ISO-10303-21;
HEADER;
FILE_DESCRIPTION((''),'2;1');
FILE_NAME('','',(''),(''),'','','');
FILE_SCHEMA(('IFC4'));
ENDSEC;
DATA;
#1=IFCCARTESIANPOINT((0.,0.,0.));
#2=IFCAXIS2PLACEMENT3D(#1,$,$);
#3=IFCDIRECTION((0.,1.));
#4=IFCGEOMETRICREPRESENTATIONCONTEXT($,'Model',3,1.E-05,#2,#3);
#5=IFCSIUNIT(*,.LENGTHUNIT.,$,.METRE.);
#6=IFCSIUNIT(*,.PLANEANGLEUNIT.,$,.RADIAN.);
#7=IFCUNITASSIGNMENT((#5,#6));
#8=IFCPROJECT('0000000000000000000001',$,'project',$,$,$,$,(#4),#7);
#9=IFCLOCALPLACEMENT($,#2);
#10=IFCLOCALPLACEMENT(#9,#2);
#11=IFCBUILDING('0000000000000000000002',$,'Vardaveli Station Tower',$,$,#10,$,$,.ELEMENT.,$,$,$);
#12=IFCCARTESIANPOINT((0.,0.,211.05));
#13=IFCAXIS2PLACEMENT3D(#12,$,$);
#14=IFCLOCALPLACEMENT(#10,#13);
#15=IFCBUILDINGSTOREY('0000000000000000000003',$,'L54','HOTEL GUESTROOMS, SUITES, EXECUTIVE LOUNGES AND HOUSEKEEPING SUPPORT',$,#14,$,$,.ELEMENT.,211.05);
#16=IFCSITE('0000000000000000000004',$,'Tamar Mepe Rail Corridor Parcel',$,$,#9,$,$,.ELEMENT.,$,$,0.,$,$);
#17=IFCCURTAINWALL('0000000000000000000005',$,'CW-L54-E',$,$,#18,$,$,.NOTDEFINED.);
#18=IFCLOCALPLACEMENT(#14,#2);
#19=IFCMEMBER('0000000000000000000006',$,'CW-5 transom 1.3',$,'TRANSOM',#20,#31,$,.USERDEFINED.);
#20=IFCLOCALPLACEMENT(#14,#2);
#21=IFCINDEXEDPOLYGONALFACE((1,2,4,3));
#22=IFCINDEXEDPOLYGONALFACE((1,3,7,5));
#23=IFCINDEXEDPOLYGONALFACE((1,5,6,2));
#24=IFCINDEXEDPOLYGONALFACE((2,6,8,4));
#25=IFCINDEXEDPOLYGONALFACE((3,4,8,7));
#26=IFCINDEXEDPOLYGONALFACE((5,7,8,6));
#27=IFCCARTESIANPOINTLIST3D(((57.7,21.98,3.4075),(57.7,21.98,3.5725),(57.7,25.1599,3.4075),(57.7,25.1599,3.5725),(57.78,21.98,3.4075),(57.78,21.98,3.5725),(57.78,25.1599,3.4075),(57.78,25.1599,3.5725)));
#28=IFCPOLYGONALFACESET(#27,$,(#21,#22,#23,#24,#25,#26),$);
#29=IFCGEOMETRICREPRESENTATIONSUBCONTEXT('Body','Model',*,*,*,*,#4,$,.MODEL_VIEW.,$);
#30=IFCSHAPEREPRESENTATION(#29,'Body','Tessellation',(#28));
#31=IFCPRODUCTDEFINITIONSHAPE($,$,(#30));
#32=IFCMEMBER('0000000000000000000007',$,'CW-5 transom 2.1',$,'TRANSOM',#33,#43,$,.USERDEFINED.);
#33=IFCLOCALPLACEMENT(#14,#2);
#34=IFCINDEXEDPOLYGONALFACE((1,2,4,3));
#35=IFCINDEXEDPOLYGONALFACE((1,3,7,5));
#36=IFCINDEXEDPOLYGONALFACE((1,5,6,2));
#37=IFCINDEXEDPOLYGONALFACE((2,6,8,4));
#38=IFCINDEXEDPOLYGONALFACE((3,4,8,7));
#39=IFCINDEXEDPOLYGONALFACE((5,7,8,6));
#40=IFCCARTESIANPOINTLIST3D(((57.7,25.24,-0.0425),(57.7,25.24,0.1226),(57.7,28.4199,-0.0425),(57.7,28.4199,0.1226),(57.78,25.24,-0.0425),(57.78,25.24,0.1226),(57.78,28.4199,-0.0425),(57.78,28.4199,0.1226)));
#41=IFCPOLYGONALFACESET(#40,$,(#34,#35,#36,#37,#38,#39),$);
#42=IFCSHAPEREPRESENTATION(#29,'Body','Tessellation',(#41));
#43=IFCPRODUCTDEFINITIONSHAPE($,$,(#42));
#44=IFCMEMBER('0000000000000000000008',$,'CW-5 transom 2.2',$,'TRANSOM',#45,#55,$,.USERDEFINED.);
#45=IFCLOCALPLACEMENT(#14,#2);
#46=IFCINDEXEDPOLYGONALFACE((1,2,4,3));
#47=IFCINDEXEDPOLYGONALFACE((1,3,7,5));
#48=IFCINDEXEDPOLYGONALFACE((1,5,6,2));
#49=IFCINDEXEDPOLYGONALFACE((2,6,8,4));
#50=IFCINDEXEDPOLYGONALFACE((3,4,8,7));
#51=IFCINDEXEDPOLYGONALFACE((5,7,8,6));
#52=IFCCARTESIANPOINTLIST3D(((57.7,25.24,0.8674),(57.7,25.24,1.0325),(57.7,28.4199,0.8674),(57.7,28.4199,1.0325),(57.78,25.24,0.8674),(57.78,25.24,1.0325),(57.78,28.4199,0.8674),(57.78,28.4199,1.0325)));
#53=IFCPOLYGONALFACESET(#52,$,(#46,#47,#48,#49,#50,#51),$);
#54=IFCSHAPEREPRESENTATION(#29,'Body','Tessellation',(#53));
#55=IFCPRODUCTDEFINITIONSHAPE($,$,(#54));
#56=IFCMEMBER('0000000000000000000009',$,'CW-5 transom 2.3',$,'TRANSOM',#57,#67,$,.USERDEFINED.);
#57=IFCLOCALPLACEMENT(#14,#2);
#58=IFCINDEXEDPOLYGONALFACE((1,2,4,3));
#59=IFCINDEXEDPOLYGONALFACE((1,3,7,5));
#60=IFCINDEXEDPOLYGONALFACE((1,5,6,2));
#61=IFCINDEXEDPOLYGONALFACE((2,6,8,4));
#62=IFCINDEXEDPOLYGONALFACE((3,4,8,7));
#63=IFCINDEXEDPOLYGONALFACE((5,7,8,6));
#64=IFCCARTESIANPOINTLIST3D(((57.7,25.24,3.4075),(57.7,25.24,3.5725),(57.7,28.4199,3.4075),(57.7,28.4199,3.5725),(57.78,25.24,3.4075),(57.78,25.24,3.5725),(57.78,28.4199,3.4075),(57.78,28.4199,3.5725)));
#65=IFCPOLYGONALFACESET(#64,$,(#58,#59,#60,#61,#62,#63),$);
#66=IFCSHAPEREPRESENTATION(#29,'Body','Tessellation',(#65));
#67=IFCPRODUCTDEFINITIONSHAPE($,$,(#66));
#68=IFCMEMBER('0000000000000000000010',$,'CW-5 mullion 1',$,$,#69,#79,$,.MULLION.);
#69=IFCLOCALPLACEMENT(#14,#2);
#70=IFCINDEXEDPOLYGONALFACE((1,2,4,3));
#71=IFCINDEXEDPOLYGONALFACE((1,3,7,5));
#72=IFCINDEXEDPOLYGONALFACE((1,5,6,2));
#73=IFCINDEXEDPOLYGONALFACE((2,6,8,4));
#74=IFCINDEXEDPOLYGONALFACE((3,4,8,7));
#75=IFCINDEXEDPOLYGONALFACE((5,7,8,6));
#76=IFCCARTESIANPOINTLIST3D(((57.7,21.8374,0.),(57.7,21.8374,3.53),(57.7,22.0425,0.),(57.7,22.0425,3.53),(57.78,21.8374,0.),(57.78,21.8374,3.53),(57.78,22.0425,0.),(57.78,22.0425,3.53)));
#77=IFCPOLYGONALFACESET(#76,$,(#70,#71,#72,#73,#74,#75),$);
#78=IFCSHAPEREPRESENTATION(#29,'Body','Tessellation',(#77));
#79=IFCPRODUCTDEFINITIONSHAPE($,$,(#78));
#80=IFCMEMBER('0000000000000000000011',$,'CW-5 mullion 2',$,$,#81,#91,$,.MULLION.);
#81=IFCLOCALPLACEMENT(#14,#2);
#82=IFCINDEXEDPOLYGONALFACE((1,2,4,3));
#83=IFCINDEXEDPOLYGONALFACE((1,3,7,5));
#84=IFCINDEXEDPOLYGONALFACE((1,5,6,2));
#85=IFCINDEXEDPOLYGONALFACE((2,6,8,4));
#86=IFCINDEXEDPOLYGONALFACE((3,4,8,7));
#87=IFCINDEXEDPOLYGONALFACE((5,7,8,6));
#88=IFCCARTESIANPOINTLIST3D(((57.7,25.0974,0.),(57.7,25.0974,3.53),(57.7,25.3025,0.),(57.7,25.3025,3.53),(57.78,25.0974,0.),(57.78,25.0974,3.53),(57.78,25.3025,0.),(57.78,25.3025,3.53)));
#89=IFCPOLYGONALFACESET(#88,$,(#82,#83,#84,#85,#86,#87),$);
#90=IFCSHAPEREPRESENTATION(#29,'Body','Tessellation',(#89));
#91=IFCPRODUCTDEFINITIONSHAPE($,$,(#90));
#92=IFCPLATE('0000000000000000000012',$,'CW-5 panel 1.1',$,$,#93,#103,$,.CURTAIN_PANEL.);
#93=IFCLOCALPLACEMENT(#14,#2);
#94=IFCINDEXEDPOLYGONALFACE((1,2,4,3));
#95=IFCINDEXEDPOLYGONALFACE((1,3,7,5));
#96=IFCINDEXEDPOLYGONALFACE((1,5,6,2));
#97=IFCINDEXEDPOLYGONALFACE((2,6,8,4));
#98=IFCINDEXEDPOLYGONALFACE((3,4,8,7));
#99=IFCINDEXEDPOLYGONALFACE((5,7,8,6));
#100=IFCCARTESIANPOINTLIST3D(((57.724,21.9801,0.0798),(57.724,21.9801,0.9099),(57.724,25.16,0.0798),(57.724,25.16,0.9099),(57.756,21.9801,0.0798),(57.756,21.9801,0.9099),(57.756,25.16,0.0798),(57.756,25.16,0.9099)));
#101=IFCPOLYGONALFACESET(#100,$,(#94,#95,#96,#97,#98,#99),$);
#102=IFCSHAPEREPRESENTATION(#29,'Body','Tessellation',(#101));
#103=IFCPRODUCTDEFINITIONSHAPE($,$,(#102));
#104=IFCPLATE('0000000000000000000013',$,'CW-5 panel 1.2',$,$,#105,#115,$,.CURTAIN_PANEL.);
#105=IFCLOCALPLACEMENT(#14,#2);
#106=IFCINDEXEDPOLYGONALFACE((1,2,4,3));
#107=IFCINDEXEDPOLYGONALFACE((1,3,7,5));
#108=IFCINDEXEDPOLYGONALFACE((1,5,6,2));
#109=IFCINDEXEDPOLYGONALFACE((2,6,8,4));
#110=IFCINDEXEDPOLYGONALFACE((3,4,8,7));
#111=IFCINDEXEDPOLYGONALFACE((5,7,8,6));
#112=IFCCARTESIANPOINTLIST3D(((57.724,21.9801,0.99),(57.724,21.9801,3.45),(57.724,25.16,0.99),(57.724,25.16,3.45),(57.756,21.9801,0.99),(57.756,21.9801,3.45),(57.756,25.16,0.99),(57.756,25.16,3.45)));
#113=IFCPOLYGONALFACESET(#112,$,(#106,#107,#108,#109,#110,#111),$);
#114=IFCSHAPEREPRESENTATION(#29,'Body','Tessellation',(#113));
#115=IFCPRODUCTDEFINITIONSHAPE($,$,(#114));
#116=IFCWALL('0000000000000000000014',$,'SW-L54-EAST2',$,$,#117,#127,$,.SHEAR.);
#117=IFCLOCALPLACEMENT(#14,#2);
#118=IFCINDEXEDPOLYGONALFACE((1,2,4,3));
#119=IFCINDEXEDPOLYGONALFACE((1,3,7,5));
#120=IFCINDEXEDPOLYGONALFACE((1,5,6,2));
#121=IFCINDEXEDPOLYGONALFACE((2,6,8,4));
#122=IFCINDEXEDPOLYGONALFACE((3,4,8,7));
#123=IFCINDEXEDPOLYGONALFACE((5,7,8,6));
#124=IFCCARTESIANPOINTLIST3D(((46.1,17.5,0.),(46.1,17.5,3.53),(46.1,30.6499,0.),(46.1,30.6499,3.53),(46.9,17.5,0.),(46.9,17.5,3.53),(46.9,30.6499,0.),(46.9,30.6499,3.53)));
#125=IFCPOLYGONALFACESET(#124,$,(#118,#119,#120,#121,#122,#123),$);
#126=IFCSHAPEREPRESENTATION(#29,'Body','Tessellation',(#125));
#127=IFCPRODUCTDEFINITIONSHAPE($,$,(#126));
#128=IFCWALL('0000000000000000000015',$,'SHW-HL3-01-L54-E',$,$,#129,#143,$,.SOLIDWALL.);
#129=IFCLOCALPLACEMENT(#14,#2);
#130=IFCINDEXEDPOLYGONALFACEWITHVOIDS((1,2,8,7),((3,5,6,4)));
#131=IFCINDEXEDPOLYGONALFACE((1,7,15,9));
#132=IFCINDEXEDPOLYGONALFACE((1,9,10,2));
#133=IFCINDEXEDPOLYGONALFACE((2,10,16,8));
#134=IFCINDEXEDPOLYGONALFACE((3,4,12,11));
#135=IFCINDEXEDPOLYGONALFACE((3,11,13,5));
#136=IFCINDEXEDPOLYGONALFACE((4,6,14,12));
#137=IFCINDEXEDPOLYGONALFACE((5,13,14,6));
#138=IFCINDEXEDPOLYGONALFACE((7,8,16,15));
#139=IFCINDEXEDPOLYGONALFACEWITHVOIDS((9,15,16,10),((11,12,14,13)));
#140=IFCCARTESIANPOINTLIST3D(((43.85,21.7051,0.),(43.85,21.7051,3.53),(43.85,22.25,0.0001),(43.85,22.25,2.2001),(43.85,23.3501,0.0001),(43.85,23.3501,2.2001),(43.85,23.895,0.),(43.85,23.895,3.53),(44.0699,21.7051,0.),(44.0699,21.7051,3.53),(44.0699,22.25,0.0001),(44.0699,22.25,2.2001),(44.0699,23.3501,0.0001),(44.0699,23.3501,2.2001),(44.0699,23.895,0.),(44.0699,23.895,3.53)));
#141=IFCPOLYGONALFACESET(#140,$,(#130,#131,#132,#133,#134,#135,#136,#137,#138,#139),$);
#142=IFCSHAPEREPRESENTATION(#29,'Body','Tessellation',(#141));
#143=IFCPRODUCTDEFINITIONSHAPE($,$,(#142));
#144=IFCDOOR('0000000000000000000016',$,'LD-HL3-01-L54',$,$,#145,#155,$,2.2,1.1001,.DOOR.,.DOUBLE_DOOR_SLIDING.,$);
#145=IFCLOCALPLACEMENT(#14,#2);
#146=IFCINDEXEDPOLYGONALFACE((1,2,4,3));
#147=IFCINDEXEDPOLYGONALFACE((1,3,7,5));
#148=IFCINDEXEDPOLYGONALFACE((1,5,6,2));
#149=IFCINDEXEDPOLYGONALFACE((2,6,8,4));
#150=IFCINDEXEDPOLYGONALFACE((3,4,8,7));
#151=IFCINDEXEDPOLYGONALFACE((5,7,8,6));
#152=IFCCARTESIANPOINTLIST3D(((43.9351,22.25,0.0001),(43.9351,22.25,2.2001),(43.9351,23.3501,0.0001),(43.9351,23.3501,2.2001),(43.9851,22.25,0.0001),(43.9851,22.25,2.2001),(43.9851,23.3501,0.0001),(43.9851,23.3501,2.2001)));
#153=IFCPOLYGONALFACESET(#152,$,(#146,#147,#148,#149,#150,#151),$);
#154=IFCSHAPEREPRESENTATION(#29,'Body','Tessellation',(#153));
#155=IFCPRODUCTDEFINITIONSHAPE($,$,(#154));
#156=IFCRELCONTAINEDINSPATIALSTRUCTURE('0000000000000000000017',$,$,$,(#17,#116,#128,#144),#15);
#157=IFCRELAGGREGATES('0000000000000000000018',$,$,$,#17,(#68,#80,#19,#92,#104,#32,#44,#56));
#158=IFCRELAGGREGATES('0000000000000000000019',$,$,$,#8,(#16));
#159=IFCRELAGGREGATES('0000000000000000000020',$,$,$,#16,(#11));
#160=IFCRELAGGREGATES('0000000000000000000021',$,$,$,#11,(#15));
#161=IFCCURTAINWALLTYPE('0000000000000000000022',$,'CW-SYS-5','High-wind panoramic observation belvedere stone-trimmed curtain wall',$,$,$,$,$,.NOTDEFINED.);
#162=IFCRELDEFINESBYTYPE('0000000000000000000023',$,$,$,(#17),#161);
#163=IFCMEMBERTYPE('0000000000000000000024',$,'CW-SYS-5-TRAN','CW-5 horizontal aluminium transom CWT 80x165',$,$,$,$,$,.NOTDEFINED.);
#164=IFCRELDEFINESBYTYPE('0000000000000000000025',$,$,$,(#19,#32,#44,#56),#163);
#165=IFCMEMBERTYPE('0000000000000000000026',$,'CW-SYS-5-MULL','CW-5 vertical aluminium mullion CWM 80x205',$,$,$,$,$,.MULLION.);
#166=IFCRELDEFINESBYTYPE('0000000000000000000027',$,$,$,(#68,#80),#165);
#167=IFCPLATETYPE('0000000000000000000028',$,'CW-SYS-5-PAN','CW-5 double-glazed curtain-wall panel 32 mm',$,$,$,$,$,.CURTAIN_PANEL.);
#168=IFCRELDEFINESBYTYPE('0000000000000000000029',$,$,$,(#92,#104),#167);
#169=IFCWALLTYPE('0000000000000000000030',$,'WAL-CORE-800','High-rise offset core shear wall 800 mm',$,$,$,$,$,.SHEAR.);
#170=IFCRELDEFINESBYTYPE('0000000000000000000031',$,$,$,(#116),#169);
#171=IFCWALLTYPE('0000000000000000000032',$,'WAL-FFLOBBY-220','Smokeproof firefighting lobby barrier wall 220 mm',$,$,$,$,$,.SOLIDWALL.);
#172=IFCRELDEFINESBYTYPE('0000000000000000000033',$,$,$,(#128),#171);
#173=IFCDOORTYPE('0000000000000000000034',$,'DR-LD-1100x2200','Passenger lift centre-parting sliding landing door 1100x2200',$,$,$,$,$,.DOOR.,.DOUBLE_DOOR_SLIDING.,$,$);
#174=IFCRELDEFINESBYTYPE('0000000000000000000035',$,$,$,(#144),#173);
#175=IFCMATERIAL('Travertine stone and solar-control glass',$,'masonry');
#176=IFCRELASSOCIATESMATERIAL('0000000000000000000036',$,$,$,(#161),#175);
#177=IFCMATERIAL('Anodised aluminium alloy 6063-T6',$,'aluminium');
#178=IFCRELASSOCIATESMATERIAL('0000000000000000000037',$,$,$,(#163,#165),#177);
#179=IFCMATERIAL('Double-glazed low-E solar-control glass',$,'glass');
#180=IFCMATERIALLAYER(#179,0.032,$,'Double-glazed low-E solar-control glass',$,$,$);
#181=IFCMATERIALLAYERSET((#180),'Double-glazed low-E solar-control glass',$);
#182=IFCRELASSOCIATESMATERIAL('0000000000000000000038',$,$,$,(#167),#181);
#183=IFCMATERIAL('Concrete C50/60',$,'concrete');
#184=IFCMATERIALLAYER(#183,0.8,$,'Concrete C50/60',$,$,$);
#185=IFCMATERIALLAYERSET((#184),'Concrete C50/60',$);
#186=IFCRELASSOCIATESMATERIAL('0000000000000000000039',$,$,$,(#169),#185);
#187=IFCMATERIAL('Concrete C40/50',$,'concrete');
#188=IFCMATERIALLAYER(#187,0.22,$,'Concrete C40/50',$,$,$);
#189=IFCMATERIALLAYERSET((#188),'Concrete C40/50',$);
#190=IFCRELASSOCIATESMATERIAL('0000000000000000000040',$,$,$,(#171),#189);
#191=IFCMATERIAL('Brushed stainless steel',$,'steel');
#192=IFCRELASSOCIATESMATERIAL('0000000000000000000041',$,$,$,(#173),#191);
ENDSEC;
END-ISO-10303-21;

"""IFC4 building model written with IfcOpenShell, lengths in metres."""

from ifc_helpers import new_model, si_unit, direction, frame, frame_2d, origin, origin_2d, place, context, subcontext, project, spatial, rectangle, extrude, source, transform, mapped, material, layer, layer_set, material_profile, profile_set, type_object, element, fill, aggregate, save


model = new_model("IFC4")

# Units and contexts
model_context = context("Model", 3, precision=1e-05, world=origin(), true_north=direction((0.0, 1.0)))
body_context = subcontext(model_context, "Body", "Model", "MODEL_VIEW")
ifc_project = project(units=[si_unit("LENGTHUNIT", "METRE"), si_unit("PLANEANGLEUNIT", "RADIAN")], contexts=[model_context])

# Site, building, storey
site_placement = place(None, origin())
site = spatial("IfcSite", under=ifc_project, at=site_placement, Name="Tamar Mepe Rail Corridor Parcel", CompositionType="ELEMENT", RefElevation=0.0)
building_placement = place(site_placement, origin())
building = spatial("IfcBuilding", under=site, at=building_placement, Name="Vardaveli Station Tower", CompositionType="ELEMENT")
storey_placement = place(building_placement, frame((0.0, 0.0, 211.05)))
storey = spatial("IfcBuildingStorey", under=building, at=storey_placement, Name="L54", Description="HOTEL GUESTROOMS, SUITES, EXECUTIVE LOUNGES AND HOUSEKEEPING SUPPORT", CompositionType="ELEMENT", Elevation=211.05)

# Curtain wall, members, plates
ifc_material_1 = material(Name="Travertine stone and solar-control glass", Category="masonry")
curtain_wall_type = type_object("IfcCurtainWallType", Name="CW-SYS-5", Description="High-wind panoramic observation belvedere stone-trimmed curtain wall", PredefinedType="NOTDEFINED", material=ifc_material_1)
curtain_wall_placement = place(storey_placement, origin())
curtain_wall = element("IfcCurtainWall", 1, at=curtain_wall_placement, inside=storey, type_object=curtain_wall_type, Name="CW-L54-E", PredefinedType="NOTDEFINED")
ifc_material_2 = material(Name="Anodised aluminium alloy 6063-T6", Category="aluminium")
ifc_material_profile_1 = material_profile(ifc_material_2, rectangle(XDim=0.0801, YDim=0.165, at=origin_2d()), Name="CWT 80x165")
ifc_profile_set_1 = profile_set([ifc_material_profile_1], Name="Anodised aluminium alloy 6063-T6")
member_type_1 = type_object("IfcMemberType", Name="CW-SYS-5-TRAN", Description="CW-5 horizontal aluminium transom CWT 80x165", PredefinedType="NOTDEFINED", material=ifc_profile_set_1)
shared_shape_1 = source(origin(), body_context, "Body", "SweptSolid", [
    extrude(rectangle(XDim=0.0801, YDim=0.165, at=origin_2d()), origin(), (0.0, 0.0, 1.0), 3.1799),
])
member_1_placement = place(storey_placement, frame((57.74, 21.98, 3.49), z_axis=(0.0, 1.0, 0.0), x_axis=(-1.0, 0.0, 0.0)))
member_1 = element("IfcMember", 2, at=member_1_placement, type_object=member_type_1, Name="CW-5 transom 1.3", ObjectType="TRANSOM", PredefinedType="USERDEFINED", context=body_context, shape_type="MappedRepresentation", body=[
    mapped(shared_shape_1, transform((0.0, 0.0, 0.0), scale=1.0)),
])
member_2_placement = place(storey_placement, frame((57.74, 25.24, 0.04), z_axis=(0.0, 1.0, 0.0), x_axis=(-1.0, 0.0, 0.0)))
member_2 = element("IfcMember", 3, at=member_2_placement, type_object=member_type_1, Name="CW-5 transom 2.1", ObjectType="TRANSOM", PredefinedType="USERDEFINED", context=body_context, shape_type="MappedRepresentation", body=[
    mapped(shared_shape_1, transform((0.0, 0.0, 0.0), scale=1.0)),
])
member_3_placement = place(storey_placement, frame((57.74, 25.24, 0.95), z_axis=(0.0, 1.0, 0.0), x_axis=(-1.0, 0.0, 0.0)))
member_3 = element("IfcMember", 4, at=member_3_placement, type_object=member_type_1, Name="CW-5 transom 2.2", ObjectType="TRANSOM", PredefinedType="USERDEFINED", context=body_context, shape_type="MappedRepresentation", body=[
    mapped(shared_shape_1, transform((0.0, 0.0, 0.0), scale=1.0)),
])
member_4_placement = place(storey_placement, frame((57.74, 25.24, 3.49), z_axis=(0.0, 1.0, 0.0), x_axis=(-1.0, 0.0, 0.0)))
member_4 = element("IfcMember", 5, at=member_4_placement, type_object=member_type_1, Name="CW-5 transom 2.3", ObjectType="TRANSOM", PredefinedType="USERDEFINED", context=body_context, shape_type="MappedRepresentation", body=[
    mapped(shared_shape_1, transform((0.0, 0.0, 0.0), scale=1.0)),
])
ifc_material_profile_2 = material_profile(ifc_material_2, rectangle(XDim=0.0801, YDim=0.2051, at=origin_2d()), Name="CWM 80x205")
ifc_profile_set_2 = profile_set([ifc_material_profile_2], Name="Anodised aluminium alloy 6063-T6")
member_type_2 = type_object("IfcMemberType", Name="CW-SYS-5-MULL", Description="CW-5 vertical aluminium mullion CWM 80x205", PredefinedType="MULLION", material=ifc_profile_set_2)
shared_shape_2 = source(origin(), body_context, "Body", "SweptSolid", [
    extrude(rectangle(XDim=0.0801, YDim=0.2051, at=origin_2d()), origin(), (0.0, 0.0, 1.0), 3.53),
])
member_5_placement = place(storey_placement, frame((57.74, 21.9399, 0.0), z_axis=(0.0, 0.0, 1.0), x_axis=(-1.0, 0.0, 0.0)))
member_5 = element("IfcMember", 6, at=member_5_placement, type_object=member_type_2, Name="CW-5 mullion 1", PredefinedType="MULLION", context=body_context, shape_type="MappedRepresentation", body=[
    mapped(shared_shape_2, transform((0.0, 0.0, 0.0), scale=1.0)),
])
member_6_placement = place(storey_placement, frame((57.74, 25.2, 0.0), z_axis=(0.0, 0.0, 1.0), x_axis=(-1.0, 0.0, 0.0)))
member_6 = element("IfcMember", 7, at=member_6_placement, type_object=member_type_2, Name="CW-5 mullion 2", PredefinedType="MULLION", context=body_context, shape_type="MappedRepresentation", body=[
    mapped(shared_shape_2, transform((0.0, 0.0, 0.0), scale=1.0)),
])
ifc_material_3 = material(Name="Double-glazed low-E solar-control glass", Category="glass")
ifc_layer_1 = layer(ifc_material_3, 0.032, Name="Double-glazed low-E solar-control glass")
ifc_layer_set_1 = layer_set([ifc_layer_1], Name="Double-glazed low-E solar-control glass")
plate_type = type_object("IfcPlateType", Name="CW-SYS-5-PAN", Description="CW-5 double-glazed curtain-wall panel 32 mm", PredefinedType="CURTAIN_PANEL", material=ifc_layer_set_1)
shared_shape_3 = source(origin(), body_context, "Body", "SweptSolid", [
    extrude(rectangle(XDim=3.1799, YDim=0.032, at=origin_2d()), origin(), (0.0, 0.0, 1.0), 0.8301),
])
plate_1_placement = place(storey_placement, frame((57.74, 23.5701, 0.0798), z_axis=(0.0, 0.0, 1.0), x_axis=(0.0, 1.0, 0.0)))
plate_1 = element("IfcPlate", 8, at=plate_1_placement, type_object=plate_type, Name="CW-5 panel 1.1", PredefinedType="CURTAIN_PANEL", context=body_context, shape_type="MappedRepresentation", body=[
    mapped(shared_shape_3, transform((0.0, 0.0, 0.0), scale=1.0)),
])
shared_shape_4 = source(origin(), body_context, "Body", "SweptSolid", [
    extrude(rectangle(XDim=3.1799, YDim=0.032, at=origin_2d()), origin(), (0.0, 0.0, 1.0), 2.46),
])
plate_2_placement = place(storey_placement, frame((57.74, 23.5701, 0.99), z_axis=(0.0, 0.0, 1.0), x_axis=(0.0, 1.0, 0.0)))
plate_2 = element("IfcPlate", 9, at=plate_2_placement, type_object=plate_type, Name="CW-5 panel 1.2", PredefinedType="CURTAIN_PANEL", context=body_context, shape_type="MappedRepresentation", body=[
    mapped(shared_shape_4, transform((0.0, 0.0, 0.0), scale=1.0)),
])
aggregate(curtain_wall, [member_5, member_6, member_1, plate_1, plate_2, member_2, member_3, member_4])

# Wall
ifc_material_4 = material(Name="Concrete C50/60", Category="concrete")
ifc_layer_2 = layer(ifc_material_4, 0.8, Name="Concrete C50/60")
ifc_layer_set_2 = layer_set([ifc_layer_2], Name="Concrete C50/60")
wall_type_1 = type_object("IfcWallType", Name="WAL-CORE-800", Description="High-rise offset core shear wall 800 mm", PredefinedType="SHEAR", material=ifc_layer_set_2)
shared_shape_5 = source(origin(), body_context, "Body", "SweptSolid", [
    extrude(rectangle(XDim=13.1499, YDim=0.8, at=frame_2d((6.575, 0.0))), origin(), (0.0, 0.0, 1.0), 3.53),
])
wall_1_placement = place(storey_placement, frame((46.5, 17.5, 0.0), z_axis=(0.0, 0.0, 1.0), x_axis=(0.0, 1.0, 0.0)))
element("IfcWall", 10, at=wall_1_placement, inside=storey, type_object=wall_type_1, Name="SW-L54-EAST2", PredefinedType="SHEAR", context=body_context, shape_type="MappedRepresentation", body=[
    mapped(shared_shape_5, transform((0.0, 0.0, 0.0), scale=1.0)),
])

# Wall, opening, door
ifc_material_5 = material(Name="Concrete C40/50", Category="concrete")
ifc_layer_3 = layer(ifc_material_5, 0.22, Name="Concrete C40/50")
ifc_layer_set_3 = layer_set([ifc_layer_3], Name="Concrete C40/50")
wall_type_2 = type_object("IfcWallType", Name="WAL-FFLOBBY-220", Description="Smokeproof firefighting lobby barrier wall 220 mm", PredefinedType="SOLIDWALL", material=ifc_layer_set_3)
shared_shape_6 = source(origin(), body_context, "Body", "SweptSolid", [
    extrude(rectangle(XDim=2.1899, YDim=0.22, at=frame_2d((1.095, 0.0))), origin(), (0.0, 0.0, 1.0), 3.53),
])
wall_2_placement = place(storey_placement, frame((43.96, 21.7051, 0.0), z_axis=(0.0, 0.0, 1.0), x_axis=(0.0, 1.0, 0.0)))
wall_2 = element("IfcWall", 11, at=wall_2_placement, inside=storey, type_object=wall_type_2, Name="SHW-HL3-01-L54-E", PredefinedType="SOLIDWALL", context=body_context, shape_type="MappedRepresentation", body=[
    mapped(shared_shape_6, transform((0.0, 0.0, 0.0), scale=1.0)),
])
shared_shape_7 = source(origin(), body_context, "Body", "SweptSolid", [
    extrude(rectangle(XDim=1.1001, YDim=2.2, at=frame_2d((0.55, 1.1001))), frame((0.0, 0.1201, 0.0), z_axis=(0.0, -1.0, 0.0), x_axis=(1.0, 0.0, 0.0)), (0.0, 0.0, 1.0), 0.24),
])
opening_1_placement = place(wall_2_placement, frame((0.5449, 0.0, 0.0)))
opening_1 = element("IfcOpeningElement", 12, at=opening_1_placement, cuts=wall_2, PredefinedType="OPENING", context=body_context, shape_type="MappedRepresentation", body=[
    mapped(shared_shape_7, transform((0.0, 0.0, 0.0), scale=1.0)),
])
ifc_material_6 = material(Name="Brushed stainless steel", Category="steel")
door_type = type_object("IfcDoorType", Name="DR-LD-1100x2200", Description="Passenger lift centre-parting sliding landing door 1100x2200", OperationType="DOUBLE_DOOR_SLIDING", PredefinedType="DOOR", material=ifc_material_6)
shared_shape_8 = source(origin(), body_context, "Body", "SweptSolid", [
    extrude(rectangle(XDim=1.1001, YDim=2.2, at=frame_2d((0.55, 1.1001))), frame((0.0, 0.0249, 0.0), z_axis=(0.0, -1.0, 0.0), x_axis=(1.0, 0.0, 0.0)), (0.0, 0.0, 1.0), 0.05),
])
door_1_placement = place(opening_1_placement, origin())
door_1 = element("IfcDoor", 13, at=door_1_placement, inside=storey, type_object=door_type, Name="LD-HL3-01-L54", OperationType="DOUBLE_DOOR_SLIDING", OverallHeight=2.2, OverallWidth=1.1001, PredefinedType="DOOR", context=body_context, shape_type="MappedRepresentation", body=[
    mapped(shared_shape_8, transform((0.0, 0.0, 0.0), scale=1.0)),
])
fill(opening_1, door_1)

save(model, "model.ifc")
